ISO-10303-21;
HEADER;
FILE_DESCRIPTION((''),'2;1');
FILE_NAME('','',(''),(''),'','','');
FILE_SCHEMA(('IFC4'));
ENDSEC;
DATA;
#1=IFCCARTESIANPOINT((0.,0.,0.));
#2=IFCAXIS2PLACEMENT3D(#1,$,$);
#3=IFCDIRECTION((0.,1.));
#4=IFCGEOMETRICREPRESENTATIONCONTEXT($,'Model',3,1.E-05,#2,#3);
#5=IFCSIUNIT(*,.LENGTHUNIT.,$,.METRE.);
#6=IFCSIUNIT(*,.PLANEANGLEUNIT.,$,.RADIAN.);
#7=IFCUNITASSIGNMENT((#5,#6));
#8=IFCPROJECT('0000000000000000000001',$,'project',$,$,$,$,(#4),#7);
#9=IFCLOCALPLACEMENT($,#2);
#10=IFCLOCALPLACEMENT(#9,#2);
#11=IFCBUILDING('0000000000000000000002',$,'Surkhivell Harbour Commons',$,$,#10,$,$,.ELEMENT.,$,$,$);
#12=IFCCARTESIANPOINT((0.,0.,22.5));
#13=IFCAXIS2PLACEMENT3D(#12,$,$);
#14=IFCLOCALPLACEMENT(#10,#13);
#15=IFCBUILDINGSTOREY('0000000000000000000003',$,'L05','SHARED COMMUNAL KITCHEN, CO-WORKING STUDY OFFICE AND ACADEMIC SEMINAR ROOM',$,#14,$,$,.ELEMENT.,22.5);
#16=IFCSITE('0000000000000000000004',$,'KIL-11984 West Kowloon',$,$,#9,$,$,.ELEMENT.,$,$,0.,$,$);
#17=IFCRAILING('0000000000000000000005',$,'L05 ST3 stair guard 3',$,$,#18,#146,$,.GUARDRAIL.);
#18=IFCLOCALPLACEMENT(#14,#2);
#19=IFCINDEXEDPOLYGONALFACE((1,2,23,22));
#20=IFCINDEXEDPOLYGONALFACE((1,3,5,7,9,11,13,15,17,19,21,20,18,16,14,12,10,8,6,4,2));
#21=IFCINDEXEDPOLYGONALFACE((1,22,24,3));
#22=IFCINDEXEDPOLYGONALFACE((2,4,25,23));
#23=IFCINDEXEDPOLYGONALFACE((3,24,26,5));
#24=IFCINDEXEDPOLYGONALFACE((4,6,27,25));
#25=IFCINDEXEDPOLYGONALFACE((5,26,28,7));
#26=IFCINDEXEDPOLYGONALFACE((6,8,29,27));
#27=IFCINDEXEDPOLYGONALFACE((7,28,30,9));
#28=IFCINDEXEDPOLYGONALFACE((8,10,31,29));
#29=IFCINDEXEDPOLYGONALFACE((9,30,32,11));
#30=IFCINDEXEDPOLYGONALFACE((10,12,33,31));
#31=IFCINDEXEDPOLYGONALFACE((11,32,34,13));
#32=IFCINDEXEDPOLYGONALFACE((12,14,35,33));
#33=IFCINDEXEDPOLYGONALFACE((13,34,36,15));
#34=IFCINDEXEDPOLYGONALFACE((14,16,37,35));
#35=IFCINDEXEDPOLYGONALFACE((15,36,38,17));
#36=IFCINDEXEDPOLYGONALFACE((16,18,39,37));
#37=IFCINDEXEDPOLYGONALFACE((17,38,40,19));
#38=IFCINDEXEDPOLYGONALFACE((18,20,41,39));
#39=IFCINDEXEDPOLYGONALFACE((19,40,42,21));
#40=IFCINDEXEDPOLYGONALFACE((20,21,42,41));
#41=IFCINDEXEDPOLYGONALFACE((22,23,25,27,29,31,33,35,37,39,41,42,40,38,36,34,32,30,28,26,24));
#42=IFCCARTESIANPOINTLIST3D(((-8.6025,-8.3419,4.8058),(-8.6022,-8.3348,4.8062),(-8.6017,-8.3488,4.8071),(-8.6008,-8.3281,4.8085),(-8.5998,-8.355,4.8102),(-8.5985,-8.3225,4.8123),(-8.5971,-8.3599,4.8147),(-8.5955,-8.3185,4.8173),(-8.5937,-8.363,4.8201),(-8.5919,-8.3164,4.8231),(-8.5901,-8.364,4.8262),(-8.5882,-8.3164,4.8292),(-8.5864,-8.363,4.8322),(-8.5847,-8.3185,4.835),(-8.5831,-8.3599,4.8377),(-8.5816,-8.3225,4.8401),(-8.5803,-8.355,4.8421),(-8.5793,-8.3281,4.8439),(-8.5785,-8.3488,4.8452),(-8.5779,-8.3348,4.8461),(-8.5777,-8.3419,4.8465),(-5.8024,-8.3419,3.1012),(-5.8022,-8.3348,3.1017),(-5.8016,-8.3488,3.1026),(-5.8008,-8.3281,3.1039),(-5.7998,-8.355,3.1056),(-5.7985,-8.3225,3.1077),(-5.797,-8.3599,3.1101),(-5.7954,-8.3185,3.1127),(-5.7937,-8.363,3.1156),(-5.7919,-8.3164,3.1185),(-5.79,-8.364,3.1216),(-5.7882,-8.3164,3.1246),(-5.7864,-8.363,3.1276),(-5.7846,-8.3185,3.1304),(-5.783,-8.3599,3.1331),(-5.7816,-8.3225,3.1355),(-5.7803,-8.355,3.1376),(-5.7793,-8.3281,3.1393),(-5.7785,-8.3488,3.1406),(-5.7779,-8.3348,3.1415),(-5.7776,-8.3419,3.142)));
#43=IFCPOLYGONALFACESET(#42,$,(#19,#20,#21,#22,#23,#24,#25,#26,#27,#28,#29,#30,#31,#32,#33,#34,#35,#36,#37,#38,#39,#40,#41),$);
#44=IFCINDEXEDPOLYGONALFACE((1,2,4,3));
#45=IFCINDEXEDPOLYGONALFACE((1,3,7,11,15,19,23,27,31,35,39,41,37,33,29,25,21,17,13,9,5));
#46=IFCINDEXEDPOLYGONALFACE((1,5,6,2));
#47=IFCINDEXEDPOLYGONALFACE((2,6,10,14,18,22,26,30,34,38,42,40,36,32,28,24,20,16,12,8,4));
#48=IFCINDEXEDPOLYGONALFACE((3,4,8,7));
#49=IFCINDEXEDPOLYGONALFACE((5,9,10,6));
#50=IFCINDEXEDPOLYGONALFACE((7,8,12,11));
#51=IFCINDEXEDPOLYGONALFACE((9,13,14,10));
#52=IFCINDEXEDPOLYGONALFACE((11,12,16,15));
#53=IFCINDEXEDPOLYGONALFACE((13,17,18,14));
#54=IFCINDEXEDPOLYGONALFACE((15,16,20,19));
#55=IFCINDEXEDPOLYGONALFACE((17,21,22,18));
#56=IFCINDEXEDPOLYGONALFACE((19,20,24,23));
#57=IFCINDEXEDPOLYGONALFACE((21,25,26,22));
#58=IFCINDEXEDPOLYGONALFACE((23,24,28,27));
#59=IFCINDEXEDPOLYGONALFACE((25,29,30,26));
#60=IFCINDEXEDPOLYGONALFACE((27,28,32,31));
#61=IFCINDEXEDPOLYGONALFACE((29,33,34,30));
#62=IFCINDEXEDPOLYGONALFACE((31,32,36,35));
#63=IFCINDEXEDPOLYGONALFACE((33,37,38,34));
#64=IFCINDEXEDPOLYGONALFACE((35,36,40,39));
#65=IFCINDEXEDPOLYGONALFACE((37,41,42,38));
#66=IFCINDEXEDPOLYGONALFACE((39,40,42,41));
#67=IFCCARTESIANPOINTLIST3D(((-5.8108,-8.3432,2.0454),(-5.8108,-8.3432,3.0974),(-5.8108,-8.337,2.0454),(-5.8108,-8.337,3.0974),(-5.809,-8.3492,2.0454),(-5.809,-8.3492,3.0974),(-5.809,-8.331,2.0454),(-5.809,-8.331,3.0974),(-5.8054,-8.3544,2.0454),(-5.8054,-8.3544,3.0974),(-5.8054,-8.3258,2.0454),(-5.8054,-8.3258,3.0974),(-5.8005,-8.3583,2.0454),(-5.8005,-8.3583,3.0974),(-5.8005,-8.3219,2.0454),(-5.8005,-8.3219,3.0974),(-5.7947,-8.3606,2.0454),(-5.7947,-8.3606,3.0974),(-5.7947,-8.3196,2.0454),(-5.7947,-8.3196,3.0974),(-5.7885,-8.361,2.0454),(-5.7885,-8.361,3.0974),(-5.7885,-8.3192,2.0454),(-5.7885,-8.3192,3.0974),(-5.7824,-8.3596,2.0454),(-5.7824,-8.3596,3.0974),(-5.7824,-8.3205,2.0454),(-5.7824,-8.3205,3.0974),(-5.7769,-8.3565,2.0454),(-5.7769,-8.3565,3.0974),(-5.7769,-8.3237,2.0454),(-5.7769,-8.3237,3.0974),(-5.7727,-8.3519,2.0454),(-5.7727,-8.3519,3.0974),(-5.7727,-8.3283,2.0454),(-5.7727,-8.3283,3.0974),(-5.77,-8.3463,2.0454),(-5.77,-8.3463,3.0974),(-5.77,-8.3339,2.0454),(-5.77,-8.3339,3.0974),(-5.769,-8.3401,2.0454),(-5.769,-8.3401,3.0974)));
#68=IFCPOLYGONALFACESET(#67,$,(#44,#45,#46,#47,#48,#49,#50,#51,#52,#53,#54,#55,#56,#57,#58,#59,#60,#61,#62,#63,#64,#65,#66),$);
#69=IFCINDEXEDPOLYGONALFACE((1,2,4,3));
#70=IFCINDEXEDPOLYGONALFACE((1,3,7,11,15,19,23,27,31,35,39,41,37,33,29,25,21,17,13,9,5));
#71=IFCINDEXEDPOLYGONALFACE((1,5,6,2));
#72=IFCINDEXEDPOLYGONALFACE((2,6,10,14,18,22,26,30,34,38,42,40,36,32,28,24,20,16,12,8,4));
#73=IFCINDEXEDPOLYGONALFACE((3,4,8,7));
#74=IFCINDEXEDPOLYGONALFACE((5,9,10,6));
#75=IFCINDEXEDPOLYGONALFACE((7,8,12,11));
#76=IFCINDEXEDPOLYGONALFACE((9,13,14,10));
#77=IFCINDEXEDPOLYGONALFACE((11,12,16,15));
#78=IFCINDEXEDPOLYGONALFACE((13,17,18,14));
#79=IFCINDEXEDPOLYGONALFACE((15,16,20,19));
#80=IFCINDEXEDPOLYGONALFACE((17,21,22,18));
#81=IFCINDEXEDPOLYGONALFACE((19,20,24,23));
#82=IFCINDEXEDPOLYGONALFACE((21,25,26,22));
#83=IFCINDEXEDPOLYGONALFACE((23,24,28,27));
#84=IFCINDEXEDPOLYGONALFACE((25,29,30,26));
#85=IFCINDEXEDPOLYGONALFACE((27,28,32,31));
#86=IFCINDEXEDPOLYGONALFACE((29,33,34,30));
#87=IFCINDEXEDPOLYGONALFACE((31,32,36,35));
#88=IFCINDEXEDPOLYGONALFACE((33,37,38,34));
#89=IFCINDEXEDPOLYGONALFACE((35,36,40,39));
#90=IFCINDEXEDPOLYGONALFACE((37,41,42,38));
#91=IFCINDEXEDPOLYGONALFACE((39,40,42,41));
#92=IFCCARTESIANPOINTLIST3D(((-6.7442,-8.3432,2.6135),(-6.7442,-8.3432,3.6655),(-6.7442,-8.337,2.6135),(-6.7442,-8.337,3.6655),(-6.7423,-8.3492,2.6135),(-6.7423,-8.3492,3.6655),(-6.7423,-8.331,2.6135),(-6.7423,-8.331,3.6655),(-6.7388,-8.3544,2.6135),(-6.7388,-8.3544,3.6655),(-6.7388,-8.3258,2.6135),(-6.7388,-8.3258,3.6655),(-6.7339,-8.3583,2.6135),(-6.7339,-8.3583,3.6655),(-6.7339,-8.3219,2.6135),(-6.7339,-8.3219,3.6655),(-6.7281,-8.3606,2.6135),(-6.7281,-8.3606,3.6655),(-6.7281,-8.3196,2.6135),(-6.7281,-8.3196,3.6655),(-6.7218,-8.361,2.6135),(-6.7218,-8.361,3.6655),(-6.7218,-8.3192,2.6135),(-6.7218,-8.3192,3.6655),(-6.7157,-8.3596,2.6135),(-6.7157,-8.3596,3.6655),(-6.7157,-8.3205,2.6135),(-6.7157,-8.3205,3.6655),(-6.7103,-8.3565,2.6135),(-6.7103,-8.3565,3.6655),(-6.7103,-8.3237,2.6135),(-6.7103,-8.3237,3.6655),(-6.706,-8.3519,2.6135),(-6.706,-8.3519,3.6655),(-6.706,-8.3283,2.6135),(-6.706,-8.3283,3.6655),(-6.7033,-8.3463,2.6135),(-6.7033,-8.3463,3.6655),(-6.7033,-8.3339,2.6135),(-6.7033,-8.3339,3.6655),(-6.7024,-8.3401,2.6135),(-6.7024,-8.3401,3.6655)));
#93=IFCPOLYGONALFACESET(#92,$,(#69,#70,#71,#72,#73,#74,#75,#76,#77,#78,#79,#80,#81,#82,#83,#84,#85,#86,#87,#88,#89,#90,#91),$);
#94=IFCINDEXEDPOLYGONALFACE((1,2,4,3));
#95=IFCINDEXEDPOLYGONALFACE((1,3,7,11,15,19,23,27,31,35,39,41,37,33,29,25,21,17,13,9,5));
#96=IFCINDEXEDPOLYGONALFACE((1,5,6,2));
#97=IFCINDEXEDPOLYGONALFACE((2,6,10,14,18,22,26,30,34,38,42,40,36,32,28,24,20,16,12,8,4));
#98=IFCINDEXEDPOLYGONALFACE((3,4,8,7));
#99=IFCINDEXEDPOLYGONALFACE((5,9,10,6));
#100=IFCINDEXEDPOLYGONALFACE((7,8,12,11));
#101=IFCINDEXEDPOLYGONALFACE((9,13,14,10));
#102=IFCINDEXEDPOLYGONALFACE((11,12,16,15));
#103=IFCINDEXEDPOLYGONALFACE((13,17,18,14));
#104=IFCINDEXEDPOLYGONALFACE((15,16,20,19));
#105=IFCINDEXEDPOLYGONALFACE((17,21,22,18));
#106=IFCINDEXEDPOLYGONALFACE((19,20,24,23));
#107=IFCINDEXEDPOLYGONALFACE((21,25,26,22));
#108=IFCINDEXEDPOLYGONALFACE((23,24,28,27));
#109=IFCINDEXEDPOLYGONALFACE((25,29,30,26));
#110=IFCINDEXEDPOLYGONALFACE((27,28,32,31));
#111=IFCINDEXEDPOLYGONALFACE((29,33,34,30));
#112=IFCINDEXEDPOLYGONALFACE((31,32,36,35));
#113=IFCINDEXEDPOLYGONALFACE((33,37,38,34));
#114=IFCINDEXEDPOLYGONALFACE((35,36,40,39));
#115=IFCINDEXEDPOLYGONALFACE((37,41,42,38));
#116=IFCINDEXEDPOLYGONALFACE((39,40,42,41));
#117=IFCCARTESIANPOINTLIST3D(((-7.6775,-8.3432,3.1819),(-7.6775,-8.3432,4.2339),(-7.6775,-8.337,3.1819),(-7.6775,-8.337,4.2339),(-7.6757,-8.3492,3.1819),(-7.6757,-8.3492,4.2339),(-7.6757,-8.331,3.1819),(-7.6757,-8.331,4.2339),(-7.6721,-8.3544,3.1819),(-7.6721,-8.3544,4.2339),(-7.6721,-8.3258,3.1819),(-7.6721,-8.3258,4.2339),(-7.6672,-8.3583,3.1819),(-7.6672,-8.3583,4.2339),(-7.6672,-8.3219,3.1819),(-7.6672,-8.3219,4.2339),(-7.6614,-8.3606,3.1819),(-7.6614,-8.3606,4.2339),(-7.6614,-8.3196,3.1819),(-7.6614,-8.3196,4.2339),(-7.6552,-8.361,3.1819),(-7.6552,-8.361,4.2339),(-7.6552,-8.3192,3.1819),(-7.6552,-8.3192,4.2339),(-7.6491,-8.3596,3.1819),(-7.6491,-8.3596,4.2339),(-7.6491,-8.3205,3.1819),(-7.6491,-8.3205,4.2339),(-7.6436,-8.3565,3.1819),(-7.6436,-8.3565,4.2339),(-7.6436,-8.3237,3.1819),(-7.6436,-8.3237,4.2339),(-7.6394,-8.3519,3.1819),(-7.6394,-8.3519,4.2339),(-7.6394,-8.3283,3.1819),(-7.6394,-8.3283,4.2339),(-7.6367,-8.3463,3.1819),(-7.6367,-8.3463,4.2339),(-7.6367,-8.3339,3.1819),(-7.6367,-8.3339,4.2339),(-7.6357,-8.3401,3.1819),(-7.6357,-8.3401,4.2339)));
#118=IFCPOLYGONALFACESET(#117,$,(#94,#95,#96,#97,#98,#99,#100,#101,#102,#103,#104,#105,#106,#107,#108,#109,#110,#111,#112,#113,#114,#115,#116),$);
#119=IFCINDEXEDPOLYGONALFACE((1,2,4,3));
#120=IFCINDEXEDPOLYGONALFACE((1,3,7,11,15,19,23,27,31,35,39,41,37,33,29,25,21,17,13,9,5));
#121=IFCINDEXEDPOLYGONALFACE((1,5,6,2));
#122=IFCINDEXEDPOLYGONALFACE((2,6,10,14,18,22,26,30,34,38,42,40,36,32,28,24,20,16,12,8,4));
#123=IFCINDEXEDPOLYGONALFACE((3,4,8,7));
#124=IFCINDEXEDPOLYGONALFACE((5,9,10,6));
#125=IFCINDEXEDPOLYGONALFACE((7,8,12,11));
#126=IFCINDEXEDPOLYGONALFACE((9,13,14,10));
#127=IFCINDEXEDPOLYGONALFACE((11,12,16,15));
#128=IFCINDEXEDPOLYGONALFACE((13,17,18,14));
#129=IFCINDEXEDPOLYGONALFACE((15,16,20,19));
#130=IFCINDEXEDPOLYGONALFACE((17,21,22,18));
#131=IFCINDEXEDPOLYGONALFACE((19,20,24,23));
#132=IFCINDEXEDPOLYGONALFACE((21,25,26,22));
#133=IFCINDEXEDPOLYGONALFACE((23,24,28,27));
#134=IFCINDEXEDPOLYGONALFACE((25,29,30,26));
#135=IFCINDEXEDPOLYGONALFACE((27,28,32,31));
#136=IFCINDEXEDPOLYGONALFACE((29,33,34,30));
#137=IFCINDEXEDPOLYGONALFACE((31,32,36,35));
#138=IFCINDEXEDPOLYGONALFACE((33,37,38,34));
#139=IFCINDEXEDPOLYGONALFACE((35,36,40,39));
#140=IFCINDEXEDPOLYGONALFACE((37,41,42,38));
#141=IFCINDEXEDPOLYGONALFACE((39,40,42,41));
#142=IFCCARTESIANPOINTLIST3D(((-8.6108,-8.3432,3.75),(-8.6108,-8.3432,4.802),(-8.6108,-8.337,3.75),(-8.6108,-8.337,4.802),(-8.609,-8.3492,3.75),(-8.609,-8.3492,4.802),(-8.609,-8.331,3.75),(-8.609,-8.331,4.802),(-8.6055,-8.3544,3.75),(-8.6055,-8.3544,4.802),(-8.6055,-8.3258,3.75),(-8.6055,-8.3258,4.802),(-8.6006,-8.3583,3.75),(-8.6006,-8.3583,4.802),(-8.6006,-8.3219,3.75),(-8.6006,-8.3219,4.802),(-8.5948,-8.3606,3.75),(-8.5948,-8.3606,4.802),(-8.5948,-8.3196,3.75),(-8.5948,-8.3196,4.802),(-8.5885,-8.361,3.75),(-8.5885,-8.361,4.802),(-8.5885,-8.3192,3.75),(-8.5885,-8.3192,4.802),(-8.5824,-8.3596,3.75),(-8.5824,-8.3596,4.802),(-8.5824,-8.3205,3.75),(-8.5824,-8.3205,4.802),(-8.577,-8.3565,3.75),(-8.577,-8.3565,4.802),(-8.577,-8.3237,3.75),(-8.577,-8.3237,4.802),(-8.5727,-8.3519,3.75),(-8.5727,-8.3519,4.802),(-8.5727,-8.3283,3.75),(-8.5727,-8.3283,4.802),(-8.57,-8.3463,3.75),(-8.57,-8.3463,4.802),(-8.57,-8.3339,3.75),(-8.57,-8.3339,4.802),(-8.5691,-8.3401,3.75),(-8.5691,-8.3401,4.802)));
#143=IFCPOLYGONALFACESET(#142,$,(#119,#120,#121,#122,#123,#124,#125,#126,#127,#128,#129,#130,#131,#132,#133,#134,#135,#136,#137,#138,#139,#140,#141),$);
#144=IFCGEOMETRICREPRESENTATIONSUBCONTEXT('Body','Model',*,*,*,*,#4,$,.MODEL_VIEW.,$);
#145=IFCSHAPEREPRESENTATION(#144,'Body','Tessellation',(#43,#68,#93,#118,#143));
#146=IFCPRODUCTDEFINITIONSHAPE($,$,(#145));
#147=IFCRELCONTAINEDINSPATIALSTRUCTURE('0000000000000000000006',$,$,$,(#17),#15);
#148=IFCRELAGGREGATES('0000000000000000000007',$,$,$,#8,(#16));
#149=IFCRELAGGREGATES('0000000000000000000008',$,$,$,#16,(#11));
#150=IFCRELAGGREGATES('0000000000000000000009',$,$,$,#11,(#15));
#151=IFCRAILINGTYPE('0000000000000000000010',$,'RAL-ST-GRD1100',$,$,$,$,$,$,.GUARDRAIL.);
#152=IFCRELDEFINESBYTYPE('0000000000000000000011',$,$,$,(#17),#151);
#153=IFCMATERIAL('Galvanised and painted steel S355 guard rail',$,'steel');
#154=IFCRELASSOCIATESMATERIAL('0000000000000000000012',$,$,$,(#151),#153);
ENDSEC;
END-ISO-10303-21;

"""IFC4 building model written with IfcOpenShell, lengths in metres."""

from ifc_helpers import new_model, si_unit, direction, frame, origin, origin_2d, place, context, subcontext, project, spatial, circle, extrude, material, type_object, element, save


model = new_model("IFC4")

# Units and contexts
model_context = context("Model", 3, precision=1e-05, world=origin(), true_north=direction((0.0, 1.0)))
body_context = subcontext(model_context, "Body", "Model", "MODEL_VIEW")
ifc_project = project(units=[si_unit("LENGTHUNIT", "METRE"), si_unit("PLANEANGLEUNIT", "RADIAN")], contexts=[model_context])

# Site, building, storey
site_placement = place(None, origin())
site = spatial("IfcSite", under=ifc_project, at=site_placement, Name="KIL-11984 West Kowloon", CompositionType="ELEMENT", RefElevation=0.0)
building_placement = place(site_placement, origin())
building = spatial("IfcBuilding", under=site, at=building_placement, Name="Surkhivell Harbour Commons", CompositionType="ELEMENT")
storey_placement = place(building_placement, frame((0.0, 0.0, 22.5)))
storey = spatial("IfcBuildingStorey", under=building, at=storey_placement, Name="L05", Description="SHARED COMMUNAL KITCHEN, CO-WORKING STUDY OFFICE AND ACADEMIC SEMINAR ROOM", CompositionType="ELEMENT", Elevation=22.5)

# Railing
ifc_material_1 = material(Name="Galvanised and painted steel S355 guard rail", Category="steel")
railing_type_1 = type_object("IfcRailingType", Name="RAL-ST-GRD1100", PredefinedType="GUARDRAIL", material=ifc_material_1)
railing_1_placement = place(storey_placement, frame((-5.79, -8.3401, 2.0454)))
element("IfcRailing", 1, at=railing_1_placement, inside=storey, type_object=railing_type_1, Name="L05 ST3 stair guard 3", PredefinedType="GUARDRAIL", context=body_context, shape_type="SweptSolid", body=[
    extrude(circle(Radius=0.0239, at=origin_2d()), frame((0.0, 0.0, 1.0762), z_axis=(-0.85417, 0.0, 0.519994), x_axis=(0.0, -1.0, 0.0)), (0.0, 0.0, 1.0), 3.2781),
    extrude(circle(Radius=0.021, at=origin_2d()), origin(), (0.0, 0.0, 1.0), 1.052),
    extrude(circle(Radius=0.021, at=origin_2d()), frame((-0.9333, 0.0, 0.5681)), (0.0, 0.0, 1.0), 1.052),
    extrude(circle(Radius=0.021, at=origin_2d()), frame((-1.8667, 0.0, 1.1365)), (0.0, 0.0, 1.0), 1.052),
    extrude(circle(Radius=0.021, at=origin_2d()), frame((-2.8, 0.0, 1.7046)), (0.0, 0.0, 1.0), 1.052),
])

save(model, "model.ifc")
